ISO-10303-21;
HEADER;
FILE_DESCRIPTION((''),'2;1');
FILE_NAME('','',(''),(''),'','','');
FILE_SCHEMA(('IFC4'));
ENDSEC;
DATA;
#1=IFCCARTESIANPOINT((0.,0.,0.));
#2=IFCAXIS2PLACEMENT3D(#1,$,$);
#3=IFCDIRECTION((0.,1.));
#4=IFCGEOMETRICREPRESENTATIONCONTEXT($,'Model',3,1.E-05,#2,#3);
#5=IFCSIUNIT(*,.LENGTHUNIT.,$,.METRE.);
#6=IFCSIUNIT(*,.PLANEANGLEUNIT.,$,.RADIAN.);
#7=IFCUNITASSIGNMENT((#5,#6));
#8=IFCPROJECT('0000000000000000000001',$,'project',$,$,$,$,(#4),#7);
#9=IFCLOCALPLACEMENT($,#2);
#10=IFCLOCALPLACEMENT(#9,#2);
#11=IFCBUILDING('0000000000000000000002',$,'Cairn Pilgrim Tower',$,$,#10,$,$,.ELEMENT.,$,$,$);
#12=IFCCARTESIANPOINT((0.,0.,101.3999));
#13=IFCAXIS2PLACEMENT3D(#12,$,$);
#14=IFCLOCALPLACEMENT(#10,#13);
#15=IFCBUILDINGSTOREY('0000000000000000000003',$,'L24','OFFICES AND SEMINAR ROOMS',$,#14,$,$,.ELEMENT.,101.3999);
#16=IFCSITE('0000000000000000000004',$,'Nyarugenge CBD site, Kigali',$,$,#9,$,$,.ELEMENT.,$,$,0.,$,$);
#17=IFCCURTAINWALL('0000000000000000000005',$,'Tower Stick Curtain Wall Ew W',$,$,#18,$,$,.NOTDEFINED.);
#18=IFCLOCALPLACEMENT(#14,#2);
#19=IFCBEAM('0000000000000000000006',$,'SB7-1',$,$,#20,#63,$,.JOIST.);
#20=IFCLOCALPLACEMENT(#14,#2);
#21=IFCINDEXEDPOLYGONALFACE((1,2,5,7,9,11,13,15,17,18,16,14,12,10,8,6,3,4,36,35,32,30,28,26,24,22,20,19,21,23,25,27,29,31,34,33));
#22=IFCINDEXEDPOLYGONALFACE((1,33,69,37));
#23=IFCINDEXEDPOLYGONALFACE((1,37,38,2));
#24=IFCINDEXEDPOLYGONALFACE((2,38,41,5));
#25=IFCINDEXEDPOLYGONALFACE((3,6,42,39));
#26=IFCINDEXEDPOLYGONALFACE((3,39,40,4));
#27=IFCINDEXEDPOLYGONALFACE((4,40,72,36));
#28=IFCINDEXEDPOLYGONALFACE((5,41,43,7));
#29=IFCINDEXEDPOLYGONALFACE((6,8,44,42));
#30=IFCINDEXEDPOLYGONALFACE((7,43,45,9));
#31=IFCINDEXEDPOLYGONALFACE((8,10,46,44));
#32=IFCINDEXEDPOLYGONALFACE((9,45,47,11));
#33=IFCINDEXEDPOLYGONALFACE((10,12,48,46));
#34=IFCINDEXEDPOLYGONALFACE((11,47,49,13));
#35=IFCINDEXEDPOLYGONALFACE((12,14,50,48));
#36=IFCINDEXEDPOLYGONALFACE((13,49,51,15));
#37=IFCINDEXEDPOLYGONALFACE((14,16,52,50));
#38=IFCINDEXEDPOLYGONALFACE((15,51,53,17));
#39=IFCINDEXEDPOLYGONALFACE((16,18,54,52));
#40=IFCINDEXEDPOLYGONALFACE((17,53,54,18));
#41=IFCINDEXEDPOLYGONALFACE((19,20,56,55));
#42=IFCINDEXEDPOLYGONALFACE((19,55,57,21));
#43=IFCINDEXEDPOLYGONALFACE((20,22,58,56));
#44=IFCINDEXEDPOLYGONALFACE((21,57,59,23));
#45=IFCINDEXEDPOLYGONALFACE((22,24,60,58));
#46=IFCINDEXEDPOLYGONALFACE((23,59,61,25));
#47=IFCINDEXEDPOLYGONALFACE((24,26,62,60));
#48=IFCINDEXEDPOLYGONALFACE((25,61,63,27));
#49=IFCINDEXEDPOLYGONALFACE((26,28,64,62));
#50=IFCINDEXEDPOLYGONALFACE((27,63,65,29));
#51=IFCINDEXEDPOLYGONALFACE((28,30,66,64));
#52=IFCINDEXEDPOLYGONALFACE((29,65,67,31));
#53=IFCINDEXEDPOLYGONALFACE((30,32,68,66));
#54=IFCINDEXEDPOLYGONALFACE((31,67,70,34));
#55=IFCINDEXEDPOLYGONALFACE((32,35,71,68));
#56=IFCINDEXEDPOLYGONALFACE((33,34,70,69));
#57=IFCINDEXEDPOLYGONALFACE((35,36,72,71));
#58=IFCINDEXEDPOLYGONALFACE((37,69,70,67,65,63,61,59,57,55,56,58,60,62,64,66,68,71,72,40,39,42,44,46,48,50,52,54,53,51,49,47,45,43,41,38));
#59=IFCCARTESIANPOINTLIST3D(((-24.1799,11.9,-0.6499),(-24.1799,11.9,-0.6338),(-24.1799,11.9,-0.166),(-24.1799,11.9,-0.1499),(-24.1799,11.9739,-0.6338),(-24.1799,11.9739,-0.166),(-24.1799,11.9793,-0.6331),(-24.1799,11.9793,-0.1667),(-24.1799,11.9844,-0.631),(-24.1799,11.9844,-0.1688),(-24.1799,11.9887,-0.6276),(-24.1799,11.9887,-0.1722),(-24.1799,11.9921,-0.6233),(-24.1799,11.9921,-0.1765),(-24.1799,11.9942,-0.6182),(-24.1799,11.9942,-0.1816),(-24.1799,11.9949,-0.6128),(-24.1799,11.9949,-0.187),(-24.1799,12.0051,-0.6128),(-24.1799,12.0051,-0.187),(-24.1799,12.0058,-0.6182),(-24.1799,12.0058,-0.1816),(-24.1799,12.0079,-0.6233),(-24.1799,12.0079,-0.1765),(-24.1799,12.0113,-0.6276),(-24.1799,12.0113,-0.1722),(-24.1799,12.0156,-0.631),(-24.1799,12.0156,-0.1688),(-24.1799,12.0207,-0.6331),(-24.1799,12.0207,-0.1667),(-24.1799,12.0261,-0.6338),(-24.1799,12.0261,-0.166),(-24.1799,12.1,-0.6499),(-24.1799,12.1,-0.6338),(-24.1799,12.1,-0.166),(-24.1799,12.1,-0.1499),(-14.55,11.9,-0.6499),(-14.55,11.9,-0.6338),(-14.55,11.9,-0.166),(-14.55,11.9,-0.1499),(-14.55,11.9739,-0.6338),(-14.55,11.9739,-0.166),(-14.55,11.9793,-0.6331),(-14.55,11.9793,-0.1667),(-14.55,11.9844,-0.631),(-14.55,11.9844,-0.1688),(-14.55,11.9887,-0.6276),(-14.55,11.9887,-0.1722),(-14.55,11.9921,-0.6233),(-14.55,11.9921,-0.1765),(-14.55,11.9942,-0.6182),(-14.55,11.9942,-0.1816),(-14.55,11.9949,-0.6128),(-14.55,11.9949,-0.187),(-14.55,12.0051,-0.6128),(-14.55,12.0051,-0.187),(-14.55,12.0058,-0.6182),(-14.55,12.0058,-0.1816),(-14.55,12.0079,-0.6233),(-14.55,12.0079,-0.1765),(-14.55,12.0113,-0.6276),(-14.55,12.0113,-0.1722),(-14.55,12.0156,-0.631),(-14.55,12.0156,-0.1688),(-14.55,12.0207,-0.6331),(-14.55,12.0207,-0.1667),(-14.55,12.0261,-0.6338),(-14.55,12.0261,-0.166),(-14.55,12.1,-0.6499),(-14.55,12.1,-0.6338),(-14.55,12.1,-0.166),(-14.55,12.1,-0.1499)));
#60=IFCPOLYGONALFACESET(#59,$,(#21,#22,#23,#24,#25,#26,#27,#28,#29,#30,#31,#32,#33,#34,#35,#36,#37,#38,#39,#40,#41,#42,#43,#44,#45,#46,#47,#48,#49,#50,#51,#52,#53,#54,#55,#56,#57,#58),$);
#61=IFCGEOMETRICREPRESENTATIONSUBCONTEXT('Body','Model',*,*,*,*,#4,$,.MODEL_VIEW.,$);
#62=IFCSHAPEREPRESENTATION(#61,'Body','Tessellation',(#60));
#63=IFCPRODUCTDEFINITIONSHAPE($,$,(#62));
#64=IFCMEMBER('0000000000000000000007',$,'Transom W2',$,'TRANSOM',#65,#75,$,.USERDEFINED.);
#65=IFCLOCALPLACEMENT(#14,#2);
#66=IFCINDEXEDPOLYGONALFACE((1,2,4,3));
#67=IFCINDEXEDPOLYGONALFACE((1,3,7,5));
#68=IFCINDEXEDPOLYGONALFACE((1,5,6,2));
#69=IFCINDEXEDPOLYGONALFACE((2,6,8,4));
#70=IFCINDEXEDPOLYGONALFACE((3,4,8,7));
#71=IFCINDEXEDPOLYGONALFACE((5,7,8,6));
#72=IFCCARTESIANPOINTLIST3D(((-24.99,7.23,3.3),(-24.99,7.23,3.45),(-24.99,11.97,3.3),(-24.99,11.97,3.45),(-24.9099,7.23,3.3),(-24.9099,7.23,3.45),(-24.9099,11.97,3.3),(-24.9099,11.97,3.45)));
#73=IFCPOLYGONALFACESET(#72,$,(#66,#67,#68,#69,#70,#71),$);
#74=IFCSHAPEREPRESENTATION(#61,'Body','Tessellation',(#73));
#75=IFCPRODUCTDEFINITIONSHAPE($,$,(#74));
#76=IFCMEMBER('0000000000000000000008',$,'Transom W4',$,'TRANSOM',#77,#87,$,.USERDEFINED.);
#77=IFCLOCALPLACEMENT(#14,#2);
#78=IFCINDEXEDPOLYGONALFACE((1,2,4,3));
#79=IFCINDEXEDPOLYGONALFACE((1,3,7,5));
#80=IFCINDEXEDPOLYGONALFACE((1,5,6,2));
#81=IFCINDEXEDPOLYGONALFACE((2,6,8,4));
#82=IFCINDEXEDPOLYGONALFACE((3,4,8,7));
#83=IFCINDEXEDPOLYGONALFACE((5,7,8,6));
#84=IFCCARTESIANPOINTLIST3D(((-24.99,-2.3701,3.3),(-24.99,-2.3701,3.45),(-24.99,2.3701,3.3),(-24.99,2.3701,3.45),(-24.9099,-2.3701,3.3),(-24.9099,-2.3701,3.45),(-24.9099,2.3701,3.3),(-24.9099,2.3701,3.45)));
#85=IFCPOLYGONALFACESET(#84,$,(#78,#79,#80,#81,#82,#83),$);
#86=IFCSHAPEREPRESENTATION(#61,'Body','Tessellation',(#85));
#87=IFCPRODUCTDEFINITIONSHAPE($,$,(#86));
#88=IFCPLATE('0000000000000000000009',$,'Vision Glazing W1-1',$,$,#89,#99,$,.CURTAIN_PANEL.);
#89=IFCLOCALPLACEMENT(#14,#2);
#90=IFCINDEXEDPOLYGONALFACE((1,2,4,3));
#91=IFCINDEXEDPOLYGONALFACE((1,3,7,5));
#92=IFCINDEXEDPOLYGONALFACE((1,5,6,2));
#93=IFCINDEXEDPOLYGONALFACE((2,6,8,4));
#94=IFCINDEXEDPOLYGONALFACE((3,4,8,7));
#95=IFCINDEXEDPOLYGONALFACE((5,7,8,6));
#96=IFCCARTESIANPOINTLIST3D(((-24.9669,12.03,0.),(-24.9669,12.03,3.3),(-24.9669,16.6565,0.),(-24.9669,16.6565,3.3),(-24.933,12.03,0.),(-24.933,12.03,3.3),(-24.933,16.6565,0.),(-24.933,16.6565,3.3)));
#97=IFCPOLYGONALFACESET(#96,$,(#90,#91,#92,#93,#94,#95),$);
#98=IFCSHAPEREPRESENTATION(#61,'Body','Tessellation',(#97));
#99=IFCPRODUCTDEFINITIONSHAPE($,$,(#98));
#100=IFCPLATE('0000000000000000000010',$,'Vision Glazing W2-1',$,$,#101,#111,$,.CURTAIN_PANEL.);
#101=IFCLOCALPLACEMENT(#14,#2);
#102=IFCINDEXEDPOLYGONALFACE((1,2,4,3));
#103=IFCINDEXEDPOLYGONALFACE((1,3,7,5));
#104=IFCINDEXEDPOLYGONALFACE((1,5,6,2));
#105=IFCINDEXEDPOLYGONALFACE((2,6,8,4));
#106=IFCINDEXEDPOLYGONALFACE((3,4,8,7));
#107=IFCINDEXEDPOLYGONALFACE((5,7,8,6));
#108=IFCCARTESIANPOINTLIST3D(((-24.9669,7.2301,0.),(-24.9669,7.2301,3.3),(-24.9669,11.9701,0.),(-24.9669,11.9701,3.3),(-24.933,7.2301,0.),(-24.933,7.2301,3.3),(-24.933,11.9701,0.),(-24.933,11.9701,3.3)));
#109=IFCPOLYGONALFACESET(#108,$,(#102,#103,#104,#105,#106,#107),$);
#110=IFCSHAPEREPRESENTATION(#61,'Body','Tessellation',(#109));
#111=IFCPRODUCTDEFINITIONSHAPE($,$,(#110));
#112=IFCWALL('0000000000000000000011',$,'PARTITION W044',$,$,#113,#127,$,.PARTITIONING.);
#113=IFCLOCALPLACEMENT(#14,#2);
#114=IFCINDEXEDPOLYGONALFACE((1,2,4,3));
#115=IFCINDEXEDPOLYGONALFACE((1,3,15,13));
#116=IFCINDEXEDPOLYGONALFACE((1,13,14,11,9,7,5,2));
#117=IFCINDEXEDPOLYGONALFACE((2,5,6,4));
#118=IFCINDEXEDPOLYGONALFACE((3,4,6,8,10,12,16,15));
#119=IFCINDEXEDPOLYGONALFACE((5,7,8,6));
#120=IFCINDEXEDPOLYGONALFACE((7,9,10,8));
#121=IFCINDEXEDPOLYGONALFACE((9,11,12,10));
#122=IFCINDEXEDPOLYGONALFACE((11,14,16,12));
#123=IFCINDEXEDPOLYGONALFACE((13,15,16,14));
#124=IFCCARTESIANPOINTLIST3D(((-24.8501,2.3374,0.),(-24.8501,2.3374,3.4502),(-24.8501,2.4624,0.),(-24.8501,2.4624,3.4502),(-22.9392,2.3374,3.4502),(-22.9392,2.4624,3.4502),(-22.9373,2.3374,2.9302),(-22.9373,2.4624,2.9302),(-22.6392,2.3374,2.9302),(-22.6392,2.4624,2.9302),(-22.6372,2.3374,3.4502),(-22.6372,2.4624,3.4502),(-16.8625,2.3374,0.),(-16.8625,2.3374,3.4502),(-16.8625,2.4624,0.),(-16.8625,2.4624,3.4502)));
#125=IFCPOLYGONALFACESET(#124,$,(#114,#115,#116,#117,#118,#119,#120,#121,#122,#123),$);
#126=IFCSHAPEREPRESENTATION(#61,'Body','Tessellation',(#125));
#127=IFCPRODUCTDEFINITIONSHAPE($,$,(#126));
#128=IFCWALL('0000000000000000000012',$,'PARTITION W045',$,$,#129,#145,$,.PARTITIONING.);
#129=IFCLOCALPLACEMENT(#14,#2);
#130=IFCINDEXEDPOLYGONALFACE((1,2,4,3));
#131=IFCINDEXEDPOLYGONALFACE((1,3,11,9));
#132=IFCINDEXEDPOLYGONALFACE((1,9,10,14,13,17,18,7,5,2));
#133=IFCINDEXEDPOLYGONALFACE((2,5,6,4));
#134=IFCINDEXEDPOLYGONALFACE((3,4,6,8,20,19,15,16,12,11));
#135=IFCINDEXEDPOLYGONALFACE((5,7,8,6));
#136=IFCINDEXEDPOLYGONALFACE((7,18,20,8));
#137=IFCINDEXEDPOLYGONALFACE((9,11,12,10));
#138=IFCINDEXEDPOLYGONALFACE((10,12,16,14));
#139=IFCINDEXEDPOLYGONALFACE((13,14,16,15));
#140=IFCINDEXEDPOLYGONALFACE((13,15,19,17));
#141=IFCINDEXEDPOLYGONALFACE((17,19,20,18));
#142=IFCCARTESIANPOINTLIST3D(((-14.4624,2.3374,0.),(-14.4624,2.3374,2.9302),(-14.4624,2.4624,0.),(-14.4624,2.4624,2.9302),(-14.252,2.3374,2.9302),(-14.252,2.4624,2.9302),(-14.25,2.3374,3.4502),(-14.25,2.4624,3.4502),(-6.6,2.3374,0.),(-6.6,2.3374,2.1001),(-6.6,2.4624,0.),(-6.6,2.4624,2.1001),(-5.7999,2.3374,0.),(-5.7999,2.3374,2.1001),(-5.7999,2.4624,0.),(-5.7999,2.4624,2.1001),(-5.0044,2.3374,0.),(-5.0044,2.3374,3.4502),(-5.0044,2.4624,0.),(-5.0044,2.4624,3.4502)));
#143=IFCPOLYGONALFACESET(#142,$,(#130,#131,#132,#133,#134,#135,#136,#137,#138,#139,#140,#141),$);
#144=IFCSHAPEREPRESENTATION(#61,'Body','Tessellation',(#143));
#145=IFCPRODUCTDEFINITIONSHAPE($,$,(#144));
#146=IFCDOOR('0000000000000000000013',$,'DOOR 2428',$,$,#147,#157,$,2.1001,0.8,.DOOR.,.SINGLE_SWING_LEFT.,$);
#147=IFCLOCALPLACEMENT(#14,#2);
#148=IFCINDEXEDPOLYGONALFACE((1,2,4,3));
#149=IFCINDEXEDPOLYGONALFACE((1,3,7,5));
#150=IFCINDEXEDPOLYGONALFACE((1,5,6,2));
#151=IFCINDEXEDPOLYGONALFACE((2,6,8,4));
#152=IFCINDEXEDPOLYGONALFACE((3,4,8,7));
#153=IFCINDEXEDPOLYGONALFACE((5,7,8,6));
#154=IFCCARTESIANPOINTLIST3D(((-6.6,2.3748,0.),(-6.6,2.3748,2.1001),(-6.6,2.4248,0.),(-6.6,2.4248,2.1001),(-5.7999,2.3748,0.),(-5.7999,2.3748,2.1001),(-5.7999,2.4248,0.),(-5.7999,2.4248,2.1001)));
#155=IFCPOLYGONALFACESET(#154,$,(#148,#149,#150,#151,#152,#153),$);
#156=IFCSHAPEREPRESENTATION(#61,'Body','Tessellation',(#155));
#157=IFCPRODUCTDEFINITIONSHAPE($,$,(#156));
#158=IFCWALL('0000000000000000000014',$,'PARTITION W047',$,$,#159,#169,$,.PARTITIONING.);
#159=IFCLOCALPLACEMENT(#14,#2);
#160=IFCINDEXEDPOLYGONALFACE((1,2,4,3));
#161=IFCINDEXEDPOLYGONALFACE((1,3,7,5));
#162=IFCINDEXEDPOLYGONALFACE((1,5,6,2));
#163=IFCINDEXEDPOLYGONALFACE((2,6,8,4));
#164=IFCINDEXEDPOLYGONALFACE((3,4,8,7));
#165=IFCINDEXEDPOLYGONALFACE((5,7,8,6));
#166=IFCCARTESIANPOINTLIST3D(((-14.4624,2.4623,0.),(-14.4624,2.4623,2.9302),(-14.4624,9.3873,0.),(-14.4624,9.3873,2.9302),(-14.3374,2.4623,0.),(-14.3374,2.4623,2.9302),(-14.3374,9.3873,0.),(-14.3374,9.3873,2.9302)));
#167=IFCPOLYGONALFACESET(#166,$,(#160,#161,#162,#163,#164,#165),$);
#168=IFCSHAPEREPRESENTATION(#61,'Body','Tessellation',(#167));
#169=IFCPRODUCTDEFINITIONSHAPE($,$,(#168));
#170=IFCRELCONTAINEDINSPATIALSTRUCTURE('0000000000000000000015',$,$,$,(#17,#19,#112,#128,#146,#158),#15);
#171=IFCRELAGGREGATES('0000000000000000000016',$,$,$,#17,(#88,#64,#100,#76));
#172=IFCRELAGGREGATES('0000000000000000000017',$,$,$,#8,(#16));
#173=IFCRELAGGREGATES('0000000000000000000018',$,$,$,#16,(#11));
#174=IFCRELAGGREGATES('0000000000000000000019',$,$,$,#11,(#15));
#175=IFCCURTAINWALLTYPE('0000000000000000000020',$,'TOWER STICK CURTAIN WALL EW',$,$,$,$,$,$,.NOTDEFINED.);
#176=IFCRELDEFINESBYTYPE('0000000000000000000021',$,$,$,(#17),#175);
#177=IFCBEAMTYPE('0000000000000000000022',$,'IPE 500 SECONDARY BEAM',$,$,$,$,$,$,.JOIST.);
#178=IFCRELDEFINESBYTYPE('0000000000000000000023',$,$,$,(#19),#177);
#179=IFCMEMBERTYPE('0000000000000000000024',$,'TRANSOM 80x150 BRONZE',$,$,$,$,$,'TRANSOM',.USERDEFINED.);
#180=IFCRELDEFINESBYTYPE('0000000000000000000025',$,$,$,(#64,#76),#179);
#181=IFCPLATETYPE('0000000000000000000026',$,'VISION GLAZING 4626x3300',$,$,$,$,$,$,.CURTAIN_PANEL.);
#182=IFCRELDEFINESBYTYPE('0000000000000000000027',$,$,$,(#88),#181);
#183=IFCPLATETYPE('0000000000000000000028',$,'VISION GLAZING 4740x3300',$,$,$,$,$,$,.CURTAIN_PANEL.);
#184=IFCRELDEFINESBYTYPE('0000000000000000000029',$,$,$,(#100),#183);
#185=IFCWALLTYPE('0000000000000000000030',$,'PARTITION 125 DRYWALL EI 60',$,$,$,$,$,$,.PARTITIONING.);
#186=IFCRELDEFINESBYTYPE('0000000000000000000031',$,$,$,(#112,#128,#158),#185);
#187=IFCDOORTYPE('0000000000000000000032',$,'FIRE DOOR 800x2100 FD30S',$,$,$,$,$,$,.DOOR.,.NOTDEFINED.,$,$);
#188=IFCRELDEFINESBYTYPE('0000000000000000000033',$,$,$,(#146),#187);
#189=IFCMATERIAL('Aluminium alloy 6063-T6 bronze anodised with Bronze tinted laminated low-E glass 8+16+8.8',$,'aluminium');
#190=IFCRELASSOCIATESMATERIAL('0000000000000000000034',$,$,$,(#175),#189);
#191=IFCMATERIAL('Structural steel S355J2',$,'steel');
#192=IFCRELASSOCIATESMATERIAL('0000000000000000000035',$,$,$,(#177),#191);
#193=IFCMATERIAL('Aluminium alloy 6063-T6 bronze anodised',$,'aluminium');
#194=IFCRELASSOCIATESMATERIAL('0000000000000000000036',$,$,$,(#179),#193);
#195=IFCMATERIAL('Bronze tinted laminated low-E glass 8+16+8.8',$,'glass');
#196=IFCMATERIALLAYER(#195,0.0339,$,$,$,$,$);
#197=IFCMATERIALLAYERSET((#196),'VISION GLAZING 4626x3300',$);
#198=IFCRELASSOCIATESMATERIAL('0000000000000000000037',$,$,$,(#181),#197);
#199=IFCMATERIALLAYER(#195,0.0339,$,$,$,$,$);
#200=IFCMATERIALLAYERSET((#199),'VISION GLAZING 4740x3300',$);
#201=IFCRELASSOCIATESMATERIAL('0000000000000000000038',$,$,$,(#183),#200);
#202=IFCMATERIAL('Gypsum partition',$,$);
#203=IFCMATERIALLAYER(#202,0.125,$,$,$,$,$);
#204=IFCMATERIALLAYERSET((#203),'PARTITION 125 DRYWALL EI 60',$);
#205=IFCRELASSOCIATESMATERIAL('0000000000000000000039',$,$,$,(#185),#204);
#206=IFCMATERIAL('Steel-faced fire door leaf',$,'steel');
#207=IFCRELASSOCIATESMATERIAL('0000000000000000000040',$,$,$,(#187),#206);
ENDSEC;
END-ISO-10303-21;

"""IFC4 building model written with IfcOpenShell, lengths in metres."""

from ifc_helpers import new_model, si_unit, direction, frame, frame_2d, origin, origin_2d, place, context, subcontext, project, spatial, polyline, rectangle, i_section, outline, extrude, material, layer, layer_set, material_profile, profile_set, type_object, element, fill, aggregate, save


model = new_model("IFC4")

# Units and contexts
model_context = context("Model", 3, precision=1e-05, world=origin(), true_north=direction((0.0, 1.0)))
body_context = subcontext(model_context, "Body", "Model", "MODEL_VIEW")
ifc_project = project(units=[si_unit("LENGTHUNIT", "METRE"), si_unit("PLANEANGLEUNIT", "RADIAN")], contexts=[model_context])

# Site, building, storey
site_placement = place(None, origin())
site = spatial("IfcSite", under=ifc_project, at=site_placement, Name="Nyarugenge CBD site, Kigali", CompositionType="ELEMENT", RefElevation=0.0)
building_placement = place(site_placement, origin())
building = spatial("IfcBuilding", under=site, at=building_placement, Name="Cairn Pilgrim Tower", CompositionType="ELEMENT")
storey_placement = place(building_placement, frame((0.0, 0.0, 101.3999)))
storey = spatial("IfcBuildingStorey", under=building, at=storey_placement, Name="L24", Description="OFFICES AND SEMINAR ROOMS", CompositionType="ELEMENT", Elevation=101.3999)

# Curtain wall
ifc_material_1 = material(Name="Aluminium alloy 6063-T6 bronze anodised with Bronze tinted laminated low-E glass 8+16+8.8", Category="aluminium")
curtain_wall_type = type_object("IfcCurtainWallType", Name="TOWER STICK CURTAIN WALL EW", PredefinedType="NOTDEFINED", material=ifc_material_1)
curtain_wall_placement = place(storey_placement, origin())
curtain_wall = element("IfcCurtainWall", 1, at=curtain_wall_placement, inside=storey, type_object=curtain_wall_type, Name="Tower Stick Curtain Wall Ew W", PredefinedType="NOTDEFINED")
ifc_material_2 = material(Name="Aluminium alloy 6063-T6 bronze anodised", Category="aluminium")

# Beam
ifc_material_3 = material(Name="Structural steel S355J2", Category="steel")
ifc_material_profile_1 = material_profile(ifc_material_3, i_section(OverallWidth=0.2, OverallDepth=0.5, WebThickness=0.0103, FlangeThickness=0.0161, FilletRadius=0.021, at=origin_2d()), Name="IPE 500")
ifc_profile_set_1 = profile_set([ifc_material_profile_1], Name="Structural steel S355J2")
beam_type_1 = type_object("IfcBeamType", Name="IPE 500 SECONDARY BEAM", PredefinedType="JOIST", material=ifc_profile_set_1)
for number, where, z_axis, x_axis, name in (
    (2, (-24.1799, 12.0, -0.3999), (1.0, 0.0, 0.0), (0.0, 1.0, 0.0), "SB7-1"),
):
    element("IfcBeam", number, at=place(storey_placement, frame(where, z_axis=z_axis, x_axis=x_axis)), inside=storey, type_object=beam_type_1, Name=name, PredefinedType="JOIST", context=body_context, shape_type="SweptSolid", body=[
        extrude(i_section(OverallWidth=0.2, OverallDepth=0.5, WebThickness=0.0103, FlangeThickness=0.0161, FilletRadius=0.021, at=origin_2d()), origin(), (0.0, 0.0, 1.0), 9.6299),
    ])

# Members
ifc_material_profile_2 = material_profile(ifc_material_2, rectangle(XDim=0.0801, YDim=0.1499, at=origin_2d()), Name="TRANSOM 80x150 BRONZE")
ifc_profile_set_2 = profile_set([ifc_material_profile_2], Name="Aluminium alloy 6063-T6 bronze anodised")
member_type_1 = type_object("IfcMemberType", Name="TRANSOM 80x150 BRONZE", ElementType="TRANSOM", PredefinedType="USERDEFINED", material=ifc_profile_set_2)
member_1_placement = place(storey_placement, frame((-24.95, 11.97, 3.375), z_axis=(0.0, -1.0, 0.0), x_axis=(1.0, 0.0, 0.0)))
member_1 = element("IfcMember", 3, at=member_1_placement, type_object=member_type_1, Name="Transom W2", ObjectType="TRANSOM", PredefinedType="USERDEFINED", context=body_context, shape_type="SweptSolid", body=[
    extrude(rectangle(XDim=0.0801, YDim=0.1499, at=origin_2d()), origin(), (0.0, 0.0, 1.0), 4.74),
])
member_2_placement = place(storey_placement, frame((-24.95, 2.3701, 3.375), z_axis=(0.0, -1.0, 0.0), x_axis=(1.0, 0.0, 0.0)))
member_2 = element("IfcMember", 4, at=member_2_placement, type_object=member_type_1, Name="Transom W4", ObjectType="TRANSOM", PredefinedType="USERDEFINED", context=body_context, shape_type="SweptSolid", body=[
    extrude(rectangle(XDim=0.0801, YDim=0.1499, at=origin_2d()), origin(), (0.0, 0.0, 1.0), 4.7402),
])

# Plates
ifc_material_4 = material(Name="Bronze tinted laminated low-E glass 8+16+8.8", Category="glass")
ifc_layer_1 = layer(ifc_material_4, 0.0339)
ifc_layer_set_1 = layer_set([ifc_layer_1], Name="VISION GLAZING 4626x3300")
plate_type_1 = type_object("IfcPlateType", Name="VISION GLAZING 4626x3300", PredefinedType="CURTAIN_PANEL", material=ifc_layer_set_1)
plate_1_placement = place(storey_placement, frame((-24.95, 14.3433, 0.0), z_axis=(0.0, 0.0, 1.0), x_axis=(0.0, -1.0, 0.0)))
plate_1 = element("IfcPlate", 5, at=plate_1_placement, type_object=plate_type_1, Name="Vision Glazing W1-1", PredefinedType="CURTAIN_PANEL", context=body_context, shape_type="SweptSolid", body=[
    extrude(rectangle(XDim=4.6265, YDim=0.0339, at=origin_2d()), origin(), (0.0, 0.0, 1.0), 3.3),
])
ifc_layer_2 = layer(ifc_material_4, 0.0339)
ifc_layer_set_2 = layer_set([ifc_layer_2], Name="VISION GLAZING 4740x3300")
plate_type_2 = type_object("IfcPlateType", Name="VISION GLAZING 4740x3300", PredefinedType="CURTAIN_PANEL", material=ifc_layer_set_2)
plate_2_placement = place(storey_placement, frame((-24.95, 9.6001, 0.0), z_axis=(0.0, 0.0, 1.0), x_axis=(0.0, -1.0, 0.0)))
plate_2 = element("IfcPlate", 6, at=plate_2_placement, type_object=plate_type_2, Name="Vision Glazing W2-1", PredefinedType="CURTAIN_PANEL", context=body_context, shape_type="SweptSolid", body=[
    extrude(rectangle(XDim=4.74, YDim=0.0339, at=origin_2d()), origin(), (0.0, 0.0, 1.0), 3.3),
])
aggregate(curtain_wall, [plate_1, member_1, plate_2, member_2])

# Wall
ifc_material_5 = material(Name="Gypsum partition")
ifc_layer_3 = layer(ifc_material_5, 0.125)
ifc_layer_set_3 = layer_set([ifc_layer_3], Name="PARTITION 125 DRYWALL EI 60")
wall_type_1 = type_object("IfcWallType", Name="PARTITION 125 DRYWALL EI 60", PredefinedType="PARTITIONING", material=ifc_layer_set_3)
wall_1_placement = place(storey_placement, frame((-24.8501, 2.3999, 0.0), z_axis=(0.0, 0.0, 1.0), x_axis=(1.0, 0.0, 0.0)))
element("IfcWall", 7, at=wall_1_placement, inside=storey, type_object=wall_type_1, Name="PARTITION W044", PredefinedType="PARTITIONING", context=body_context, shape_type="SweptSolid", body=[
    extrude(outline(polyline([(0.0, 0.0), (7.9875, 0.0), (7.9875, 3.4502), (2.2129, 3.4502), (2.2109, 2.9302), (1.9128, 2.9302), (1.9109, 3.4502), (0.0, 3.4502), (0.0, 0.0)])), frame((0.0, 0.0625, 0.0), z_axis=(0.0, -1.0, 0.0), x_axis=(1.0, 0.0, 0.0)), (0.0, 0.0, 1.0), 0.125),
])

# Wall, opening, door
wall_2_placement = place(storey_placement, frame((-14.4624, 2.3999, 0.0), z_axis=(0.0, 0.0, 1.0), x_axis=(1.0, 0.0, 0.0)))
wall_2 = element("IfcWall", 8, at=wall_2_placement, inside=storey, type_object=wall_type_1, Name="PARTITION W045", PredefinedType="PARTITIONING", context=body_context, shape_type="SweptSolid", body=[
    extrude(outline(polyline([(0.0, 0.0), (9.458, 0.0), (9.458, 3.4502), (0.2124, 3.4502), (0.2104, 2.9302), (0.0, 2.9302), (0.0, 0.0)])), frame((0.0, 0.0625, 0.0), z_axis=(0.0, -1.0, 0.0), x_axis=(1.0, 0.0, 0.0)), (0.0, 0.0, 1.0), 0.125),
])
opening_1_placement = place(wall_2_placement, frame((7.8625, 0.0, 0.0)))
opening_1 = element("IfcOpeningElement", 9, at=opening_1_placement, cuts=wall_2, PredefinedType="OPENING", context=body_context, shape_type="SweptSolid", body=[
    extrude(rectangle(XDim=0.8, YDim=2.1001, at=frame_2d((0.3999, 1.05))), frame((0.0, 0.0725, 0.0), z_axis=(0.0, -1.0, 0.0), x_axis=(1.0, 0.0, 0.0)), (0.0, 0.0, 1.0), 0.145),
])
ifc_material_6 = material(Name="Steel-faced fire door leaf", Category="steel")
door_type_1 = type_object("IfcDoorType", Name="FIRE DOOR 800x2100 FD30S", OperationType="NOTDEFINED", PredefinedType="DOOR", material=ifc_material_6)
door_1_placement = place(opening_1_placement, origin())
door_1 = element("IfcDoor", 10, at=door_1_placement, inside=storey, type_object=door_type_1, Name="DOOR 2428", OperationType="SINGLE_SWING_LEFT", OverallHeight=2.1001, OverallWidth=0.8, PredefinedType="DOOR", context=body_context, shape_type="SweptSolid", body=[
    extrude(rectangle(XDim=0.8, YDim=2.1001, at=frame_2d((0.3999, 1.05))), frame((0.0, 0.0249, 0.0), z_axis=(0.0, -1.0, 0.0), x_axis=(1.0, 0.0, 0.0)), (0.0, 0.0, 1.0), 0.05),
])
fill(opening_1, door_1)

# Wall
wall_3_placement = place(storey_placement, frame((-14.3999, 2.4624, 0.0), z_axis=(0.0, 0.0, 1.0), x_axis=(0.0, 1.0, 0.0)))
element("IfcWall", 11, at=wall_3_placement, inside=storey, type_object=wall_type_1, Name="PARTITION W047", PredefinedType="PARTITIONING", context=body_context, shape_type="SweptSolid", body=[
    extrude(rectangle(XDim=6.925, YDim=0.125, at=frame_2d((3.4624, 0.0))), origin(), (0.0, 0.0, 1.0), 2.9302),
])

save(model, "model.ifc")
